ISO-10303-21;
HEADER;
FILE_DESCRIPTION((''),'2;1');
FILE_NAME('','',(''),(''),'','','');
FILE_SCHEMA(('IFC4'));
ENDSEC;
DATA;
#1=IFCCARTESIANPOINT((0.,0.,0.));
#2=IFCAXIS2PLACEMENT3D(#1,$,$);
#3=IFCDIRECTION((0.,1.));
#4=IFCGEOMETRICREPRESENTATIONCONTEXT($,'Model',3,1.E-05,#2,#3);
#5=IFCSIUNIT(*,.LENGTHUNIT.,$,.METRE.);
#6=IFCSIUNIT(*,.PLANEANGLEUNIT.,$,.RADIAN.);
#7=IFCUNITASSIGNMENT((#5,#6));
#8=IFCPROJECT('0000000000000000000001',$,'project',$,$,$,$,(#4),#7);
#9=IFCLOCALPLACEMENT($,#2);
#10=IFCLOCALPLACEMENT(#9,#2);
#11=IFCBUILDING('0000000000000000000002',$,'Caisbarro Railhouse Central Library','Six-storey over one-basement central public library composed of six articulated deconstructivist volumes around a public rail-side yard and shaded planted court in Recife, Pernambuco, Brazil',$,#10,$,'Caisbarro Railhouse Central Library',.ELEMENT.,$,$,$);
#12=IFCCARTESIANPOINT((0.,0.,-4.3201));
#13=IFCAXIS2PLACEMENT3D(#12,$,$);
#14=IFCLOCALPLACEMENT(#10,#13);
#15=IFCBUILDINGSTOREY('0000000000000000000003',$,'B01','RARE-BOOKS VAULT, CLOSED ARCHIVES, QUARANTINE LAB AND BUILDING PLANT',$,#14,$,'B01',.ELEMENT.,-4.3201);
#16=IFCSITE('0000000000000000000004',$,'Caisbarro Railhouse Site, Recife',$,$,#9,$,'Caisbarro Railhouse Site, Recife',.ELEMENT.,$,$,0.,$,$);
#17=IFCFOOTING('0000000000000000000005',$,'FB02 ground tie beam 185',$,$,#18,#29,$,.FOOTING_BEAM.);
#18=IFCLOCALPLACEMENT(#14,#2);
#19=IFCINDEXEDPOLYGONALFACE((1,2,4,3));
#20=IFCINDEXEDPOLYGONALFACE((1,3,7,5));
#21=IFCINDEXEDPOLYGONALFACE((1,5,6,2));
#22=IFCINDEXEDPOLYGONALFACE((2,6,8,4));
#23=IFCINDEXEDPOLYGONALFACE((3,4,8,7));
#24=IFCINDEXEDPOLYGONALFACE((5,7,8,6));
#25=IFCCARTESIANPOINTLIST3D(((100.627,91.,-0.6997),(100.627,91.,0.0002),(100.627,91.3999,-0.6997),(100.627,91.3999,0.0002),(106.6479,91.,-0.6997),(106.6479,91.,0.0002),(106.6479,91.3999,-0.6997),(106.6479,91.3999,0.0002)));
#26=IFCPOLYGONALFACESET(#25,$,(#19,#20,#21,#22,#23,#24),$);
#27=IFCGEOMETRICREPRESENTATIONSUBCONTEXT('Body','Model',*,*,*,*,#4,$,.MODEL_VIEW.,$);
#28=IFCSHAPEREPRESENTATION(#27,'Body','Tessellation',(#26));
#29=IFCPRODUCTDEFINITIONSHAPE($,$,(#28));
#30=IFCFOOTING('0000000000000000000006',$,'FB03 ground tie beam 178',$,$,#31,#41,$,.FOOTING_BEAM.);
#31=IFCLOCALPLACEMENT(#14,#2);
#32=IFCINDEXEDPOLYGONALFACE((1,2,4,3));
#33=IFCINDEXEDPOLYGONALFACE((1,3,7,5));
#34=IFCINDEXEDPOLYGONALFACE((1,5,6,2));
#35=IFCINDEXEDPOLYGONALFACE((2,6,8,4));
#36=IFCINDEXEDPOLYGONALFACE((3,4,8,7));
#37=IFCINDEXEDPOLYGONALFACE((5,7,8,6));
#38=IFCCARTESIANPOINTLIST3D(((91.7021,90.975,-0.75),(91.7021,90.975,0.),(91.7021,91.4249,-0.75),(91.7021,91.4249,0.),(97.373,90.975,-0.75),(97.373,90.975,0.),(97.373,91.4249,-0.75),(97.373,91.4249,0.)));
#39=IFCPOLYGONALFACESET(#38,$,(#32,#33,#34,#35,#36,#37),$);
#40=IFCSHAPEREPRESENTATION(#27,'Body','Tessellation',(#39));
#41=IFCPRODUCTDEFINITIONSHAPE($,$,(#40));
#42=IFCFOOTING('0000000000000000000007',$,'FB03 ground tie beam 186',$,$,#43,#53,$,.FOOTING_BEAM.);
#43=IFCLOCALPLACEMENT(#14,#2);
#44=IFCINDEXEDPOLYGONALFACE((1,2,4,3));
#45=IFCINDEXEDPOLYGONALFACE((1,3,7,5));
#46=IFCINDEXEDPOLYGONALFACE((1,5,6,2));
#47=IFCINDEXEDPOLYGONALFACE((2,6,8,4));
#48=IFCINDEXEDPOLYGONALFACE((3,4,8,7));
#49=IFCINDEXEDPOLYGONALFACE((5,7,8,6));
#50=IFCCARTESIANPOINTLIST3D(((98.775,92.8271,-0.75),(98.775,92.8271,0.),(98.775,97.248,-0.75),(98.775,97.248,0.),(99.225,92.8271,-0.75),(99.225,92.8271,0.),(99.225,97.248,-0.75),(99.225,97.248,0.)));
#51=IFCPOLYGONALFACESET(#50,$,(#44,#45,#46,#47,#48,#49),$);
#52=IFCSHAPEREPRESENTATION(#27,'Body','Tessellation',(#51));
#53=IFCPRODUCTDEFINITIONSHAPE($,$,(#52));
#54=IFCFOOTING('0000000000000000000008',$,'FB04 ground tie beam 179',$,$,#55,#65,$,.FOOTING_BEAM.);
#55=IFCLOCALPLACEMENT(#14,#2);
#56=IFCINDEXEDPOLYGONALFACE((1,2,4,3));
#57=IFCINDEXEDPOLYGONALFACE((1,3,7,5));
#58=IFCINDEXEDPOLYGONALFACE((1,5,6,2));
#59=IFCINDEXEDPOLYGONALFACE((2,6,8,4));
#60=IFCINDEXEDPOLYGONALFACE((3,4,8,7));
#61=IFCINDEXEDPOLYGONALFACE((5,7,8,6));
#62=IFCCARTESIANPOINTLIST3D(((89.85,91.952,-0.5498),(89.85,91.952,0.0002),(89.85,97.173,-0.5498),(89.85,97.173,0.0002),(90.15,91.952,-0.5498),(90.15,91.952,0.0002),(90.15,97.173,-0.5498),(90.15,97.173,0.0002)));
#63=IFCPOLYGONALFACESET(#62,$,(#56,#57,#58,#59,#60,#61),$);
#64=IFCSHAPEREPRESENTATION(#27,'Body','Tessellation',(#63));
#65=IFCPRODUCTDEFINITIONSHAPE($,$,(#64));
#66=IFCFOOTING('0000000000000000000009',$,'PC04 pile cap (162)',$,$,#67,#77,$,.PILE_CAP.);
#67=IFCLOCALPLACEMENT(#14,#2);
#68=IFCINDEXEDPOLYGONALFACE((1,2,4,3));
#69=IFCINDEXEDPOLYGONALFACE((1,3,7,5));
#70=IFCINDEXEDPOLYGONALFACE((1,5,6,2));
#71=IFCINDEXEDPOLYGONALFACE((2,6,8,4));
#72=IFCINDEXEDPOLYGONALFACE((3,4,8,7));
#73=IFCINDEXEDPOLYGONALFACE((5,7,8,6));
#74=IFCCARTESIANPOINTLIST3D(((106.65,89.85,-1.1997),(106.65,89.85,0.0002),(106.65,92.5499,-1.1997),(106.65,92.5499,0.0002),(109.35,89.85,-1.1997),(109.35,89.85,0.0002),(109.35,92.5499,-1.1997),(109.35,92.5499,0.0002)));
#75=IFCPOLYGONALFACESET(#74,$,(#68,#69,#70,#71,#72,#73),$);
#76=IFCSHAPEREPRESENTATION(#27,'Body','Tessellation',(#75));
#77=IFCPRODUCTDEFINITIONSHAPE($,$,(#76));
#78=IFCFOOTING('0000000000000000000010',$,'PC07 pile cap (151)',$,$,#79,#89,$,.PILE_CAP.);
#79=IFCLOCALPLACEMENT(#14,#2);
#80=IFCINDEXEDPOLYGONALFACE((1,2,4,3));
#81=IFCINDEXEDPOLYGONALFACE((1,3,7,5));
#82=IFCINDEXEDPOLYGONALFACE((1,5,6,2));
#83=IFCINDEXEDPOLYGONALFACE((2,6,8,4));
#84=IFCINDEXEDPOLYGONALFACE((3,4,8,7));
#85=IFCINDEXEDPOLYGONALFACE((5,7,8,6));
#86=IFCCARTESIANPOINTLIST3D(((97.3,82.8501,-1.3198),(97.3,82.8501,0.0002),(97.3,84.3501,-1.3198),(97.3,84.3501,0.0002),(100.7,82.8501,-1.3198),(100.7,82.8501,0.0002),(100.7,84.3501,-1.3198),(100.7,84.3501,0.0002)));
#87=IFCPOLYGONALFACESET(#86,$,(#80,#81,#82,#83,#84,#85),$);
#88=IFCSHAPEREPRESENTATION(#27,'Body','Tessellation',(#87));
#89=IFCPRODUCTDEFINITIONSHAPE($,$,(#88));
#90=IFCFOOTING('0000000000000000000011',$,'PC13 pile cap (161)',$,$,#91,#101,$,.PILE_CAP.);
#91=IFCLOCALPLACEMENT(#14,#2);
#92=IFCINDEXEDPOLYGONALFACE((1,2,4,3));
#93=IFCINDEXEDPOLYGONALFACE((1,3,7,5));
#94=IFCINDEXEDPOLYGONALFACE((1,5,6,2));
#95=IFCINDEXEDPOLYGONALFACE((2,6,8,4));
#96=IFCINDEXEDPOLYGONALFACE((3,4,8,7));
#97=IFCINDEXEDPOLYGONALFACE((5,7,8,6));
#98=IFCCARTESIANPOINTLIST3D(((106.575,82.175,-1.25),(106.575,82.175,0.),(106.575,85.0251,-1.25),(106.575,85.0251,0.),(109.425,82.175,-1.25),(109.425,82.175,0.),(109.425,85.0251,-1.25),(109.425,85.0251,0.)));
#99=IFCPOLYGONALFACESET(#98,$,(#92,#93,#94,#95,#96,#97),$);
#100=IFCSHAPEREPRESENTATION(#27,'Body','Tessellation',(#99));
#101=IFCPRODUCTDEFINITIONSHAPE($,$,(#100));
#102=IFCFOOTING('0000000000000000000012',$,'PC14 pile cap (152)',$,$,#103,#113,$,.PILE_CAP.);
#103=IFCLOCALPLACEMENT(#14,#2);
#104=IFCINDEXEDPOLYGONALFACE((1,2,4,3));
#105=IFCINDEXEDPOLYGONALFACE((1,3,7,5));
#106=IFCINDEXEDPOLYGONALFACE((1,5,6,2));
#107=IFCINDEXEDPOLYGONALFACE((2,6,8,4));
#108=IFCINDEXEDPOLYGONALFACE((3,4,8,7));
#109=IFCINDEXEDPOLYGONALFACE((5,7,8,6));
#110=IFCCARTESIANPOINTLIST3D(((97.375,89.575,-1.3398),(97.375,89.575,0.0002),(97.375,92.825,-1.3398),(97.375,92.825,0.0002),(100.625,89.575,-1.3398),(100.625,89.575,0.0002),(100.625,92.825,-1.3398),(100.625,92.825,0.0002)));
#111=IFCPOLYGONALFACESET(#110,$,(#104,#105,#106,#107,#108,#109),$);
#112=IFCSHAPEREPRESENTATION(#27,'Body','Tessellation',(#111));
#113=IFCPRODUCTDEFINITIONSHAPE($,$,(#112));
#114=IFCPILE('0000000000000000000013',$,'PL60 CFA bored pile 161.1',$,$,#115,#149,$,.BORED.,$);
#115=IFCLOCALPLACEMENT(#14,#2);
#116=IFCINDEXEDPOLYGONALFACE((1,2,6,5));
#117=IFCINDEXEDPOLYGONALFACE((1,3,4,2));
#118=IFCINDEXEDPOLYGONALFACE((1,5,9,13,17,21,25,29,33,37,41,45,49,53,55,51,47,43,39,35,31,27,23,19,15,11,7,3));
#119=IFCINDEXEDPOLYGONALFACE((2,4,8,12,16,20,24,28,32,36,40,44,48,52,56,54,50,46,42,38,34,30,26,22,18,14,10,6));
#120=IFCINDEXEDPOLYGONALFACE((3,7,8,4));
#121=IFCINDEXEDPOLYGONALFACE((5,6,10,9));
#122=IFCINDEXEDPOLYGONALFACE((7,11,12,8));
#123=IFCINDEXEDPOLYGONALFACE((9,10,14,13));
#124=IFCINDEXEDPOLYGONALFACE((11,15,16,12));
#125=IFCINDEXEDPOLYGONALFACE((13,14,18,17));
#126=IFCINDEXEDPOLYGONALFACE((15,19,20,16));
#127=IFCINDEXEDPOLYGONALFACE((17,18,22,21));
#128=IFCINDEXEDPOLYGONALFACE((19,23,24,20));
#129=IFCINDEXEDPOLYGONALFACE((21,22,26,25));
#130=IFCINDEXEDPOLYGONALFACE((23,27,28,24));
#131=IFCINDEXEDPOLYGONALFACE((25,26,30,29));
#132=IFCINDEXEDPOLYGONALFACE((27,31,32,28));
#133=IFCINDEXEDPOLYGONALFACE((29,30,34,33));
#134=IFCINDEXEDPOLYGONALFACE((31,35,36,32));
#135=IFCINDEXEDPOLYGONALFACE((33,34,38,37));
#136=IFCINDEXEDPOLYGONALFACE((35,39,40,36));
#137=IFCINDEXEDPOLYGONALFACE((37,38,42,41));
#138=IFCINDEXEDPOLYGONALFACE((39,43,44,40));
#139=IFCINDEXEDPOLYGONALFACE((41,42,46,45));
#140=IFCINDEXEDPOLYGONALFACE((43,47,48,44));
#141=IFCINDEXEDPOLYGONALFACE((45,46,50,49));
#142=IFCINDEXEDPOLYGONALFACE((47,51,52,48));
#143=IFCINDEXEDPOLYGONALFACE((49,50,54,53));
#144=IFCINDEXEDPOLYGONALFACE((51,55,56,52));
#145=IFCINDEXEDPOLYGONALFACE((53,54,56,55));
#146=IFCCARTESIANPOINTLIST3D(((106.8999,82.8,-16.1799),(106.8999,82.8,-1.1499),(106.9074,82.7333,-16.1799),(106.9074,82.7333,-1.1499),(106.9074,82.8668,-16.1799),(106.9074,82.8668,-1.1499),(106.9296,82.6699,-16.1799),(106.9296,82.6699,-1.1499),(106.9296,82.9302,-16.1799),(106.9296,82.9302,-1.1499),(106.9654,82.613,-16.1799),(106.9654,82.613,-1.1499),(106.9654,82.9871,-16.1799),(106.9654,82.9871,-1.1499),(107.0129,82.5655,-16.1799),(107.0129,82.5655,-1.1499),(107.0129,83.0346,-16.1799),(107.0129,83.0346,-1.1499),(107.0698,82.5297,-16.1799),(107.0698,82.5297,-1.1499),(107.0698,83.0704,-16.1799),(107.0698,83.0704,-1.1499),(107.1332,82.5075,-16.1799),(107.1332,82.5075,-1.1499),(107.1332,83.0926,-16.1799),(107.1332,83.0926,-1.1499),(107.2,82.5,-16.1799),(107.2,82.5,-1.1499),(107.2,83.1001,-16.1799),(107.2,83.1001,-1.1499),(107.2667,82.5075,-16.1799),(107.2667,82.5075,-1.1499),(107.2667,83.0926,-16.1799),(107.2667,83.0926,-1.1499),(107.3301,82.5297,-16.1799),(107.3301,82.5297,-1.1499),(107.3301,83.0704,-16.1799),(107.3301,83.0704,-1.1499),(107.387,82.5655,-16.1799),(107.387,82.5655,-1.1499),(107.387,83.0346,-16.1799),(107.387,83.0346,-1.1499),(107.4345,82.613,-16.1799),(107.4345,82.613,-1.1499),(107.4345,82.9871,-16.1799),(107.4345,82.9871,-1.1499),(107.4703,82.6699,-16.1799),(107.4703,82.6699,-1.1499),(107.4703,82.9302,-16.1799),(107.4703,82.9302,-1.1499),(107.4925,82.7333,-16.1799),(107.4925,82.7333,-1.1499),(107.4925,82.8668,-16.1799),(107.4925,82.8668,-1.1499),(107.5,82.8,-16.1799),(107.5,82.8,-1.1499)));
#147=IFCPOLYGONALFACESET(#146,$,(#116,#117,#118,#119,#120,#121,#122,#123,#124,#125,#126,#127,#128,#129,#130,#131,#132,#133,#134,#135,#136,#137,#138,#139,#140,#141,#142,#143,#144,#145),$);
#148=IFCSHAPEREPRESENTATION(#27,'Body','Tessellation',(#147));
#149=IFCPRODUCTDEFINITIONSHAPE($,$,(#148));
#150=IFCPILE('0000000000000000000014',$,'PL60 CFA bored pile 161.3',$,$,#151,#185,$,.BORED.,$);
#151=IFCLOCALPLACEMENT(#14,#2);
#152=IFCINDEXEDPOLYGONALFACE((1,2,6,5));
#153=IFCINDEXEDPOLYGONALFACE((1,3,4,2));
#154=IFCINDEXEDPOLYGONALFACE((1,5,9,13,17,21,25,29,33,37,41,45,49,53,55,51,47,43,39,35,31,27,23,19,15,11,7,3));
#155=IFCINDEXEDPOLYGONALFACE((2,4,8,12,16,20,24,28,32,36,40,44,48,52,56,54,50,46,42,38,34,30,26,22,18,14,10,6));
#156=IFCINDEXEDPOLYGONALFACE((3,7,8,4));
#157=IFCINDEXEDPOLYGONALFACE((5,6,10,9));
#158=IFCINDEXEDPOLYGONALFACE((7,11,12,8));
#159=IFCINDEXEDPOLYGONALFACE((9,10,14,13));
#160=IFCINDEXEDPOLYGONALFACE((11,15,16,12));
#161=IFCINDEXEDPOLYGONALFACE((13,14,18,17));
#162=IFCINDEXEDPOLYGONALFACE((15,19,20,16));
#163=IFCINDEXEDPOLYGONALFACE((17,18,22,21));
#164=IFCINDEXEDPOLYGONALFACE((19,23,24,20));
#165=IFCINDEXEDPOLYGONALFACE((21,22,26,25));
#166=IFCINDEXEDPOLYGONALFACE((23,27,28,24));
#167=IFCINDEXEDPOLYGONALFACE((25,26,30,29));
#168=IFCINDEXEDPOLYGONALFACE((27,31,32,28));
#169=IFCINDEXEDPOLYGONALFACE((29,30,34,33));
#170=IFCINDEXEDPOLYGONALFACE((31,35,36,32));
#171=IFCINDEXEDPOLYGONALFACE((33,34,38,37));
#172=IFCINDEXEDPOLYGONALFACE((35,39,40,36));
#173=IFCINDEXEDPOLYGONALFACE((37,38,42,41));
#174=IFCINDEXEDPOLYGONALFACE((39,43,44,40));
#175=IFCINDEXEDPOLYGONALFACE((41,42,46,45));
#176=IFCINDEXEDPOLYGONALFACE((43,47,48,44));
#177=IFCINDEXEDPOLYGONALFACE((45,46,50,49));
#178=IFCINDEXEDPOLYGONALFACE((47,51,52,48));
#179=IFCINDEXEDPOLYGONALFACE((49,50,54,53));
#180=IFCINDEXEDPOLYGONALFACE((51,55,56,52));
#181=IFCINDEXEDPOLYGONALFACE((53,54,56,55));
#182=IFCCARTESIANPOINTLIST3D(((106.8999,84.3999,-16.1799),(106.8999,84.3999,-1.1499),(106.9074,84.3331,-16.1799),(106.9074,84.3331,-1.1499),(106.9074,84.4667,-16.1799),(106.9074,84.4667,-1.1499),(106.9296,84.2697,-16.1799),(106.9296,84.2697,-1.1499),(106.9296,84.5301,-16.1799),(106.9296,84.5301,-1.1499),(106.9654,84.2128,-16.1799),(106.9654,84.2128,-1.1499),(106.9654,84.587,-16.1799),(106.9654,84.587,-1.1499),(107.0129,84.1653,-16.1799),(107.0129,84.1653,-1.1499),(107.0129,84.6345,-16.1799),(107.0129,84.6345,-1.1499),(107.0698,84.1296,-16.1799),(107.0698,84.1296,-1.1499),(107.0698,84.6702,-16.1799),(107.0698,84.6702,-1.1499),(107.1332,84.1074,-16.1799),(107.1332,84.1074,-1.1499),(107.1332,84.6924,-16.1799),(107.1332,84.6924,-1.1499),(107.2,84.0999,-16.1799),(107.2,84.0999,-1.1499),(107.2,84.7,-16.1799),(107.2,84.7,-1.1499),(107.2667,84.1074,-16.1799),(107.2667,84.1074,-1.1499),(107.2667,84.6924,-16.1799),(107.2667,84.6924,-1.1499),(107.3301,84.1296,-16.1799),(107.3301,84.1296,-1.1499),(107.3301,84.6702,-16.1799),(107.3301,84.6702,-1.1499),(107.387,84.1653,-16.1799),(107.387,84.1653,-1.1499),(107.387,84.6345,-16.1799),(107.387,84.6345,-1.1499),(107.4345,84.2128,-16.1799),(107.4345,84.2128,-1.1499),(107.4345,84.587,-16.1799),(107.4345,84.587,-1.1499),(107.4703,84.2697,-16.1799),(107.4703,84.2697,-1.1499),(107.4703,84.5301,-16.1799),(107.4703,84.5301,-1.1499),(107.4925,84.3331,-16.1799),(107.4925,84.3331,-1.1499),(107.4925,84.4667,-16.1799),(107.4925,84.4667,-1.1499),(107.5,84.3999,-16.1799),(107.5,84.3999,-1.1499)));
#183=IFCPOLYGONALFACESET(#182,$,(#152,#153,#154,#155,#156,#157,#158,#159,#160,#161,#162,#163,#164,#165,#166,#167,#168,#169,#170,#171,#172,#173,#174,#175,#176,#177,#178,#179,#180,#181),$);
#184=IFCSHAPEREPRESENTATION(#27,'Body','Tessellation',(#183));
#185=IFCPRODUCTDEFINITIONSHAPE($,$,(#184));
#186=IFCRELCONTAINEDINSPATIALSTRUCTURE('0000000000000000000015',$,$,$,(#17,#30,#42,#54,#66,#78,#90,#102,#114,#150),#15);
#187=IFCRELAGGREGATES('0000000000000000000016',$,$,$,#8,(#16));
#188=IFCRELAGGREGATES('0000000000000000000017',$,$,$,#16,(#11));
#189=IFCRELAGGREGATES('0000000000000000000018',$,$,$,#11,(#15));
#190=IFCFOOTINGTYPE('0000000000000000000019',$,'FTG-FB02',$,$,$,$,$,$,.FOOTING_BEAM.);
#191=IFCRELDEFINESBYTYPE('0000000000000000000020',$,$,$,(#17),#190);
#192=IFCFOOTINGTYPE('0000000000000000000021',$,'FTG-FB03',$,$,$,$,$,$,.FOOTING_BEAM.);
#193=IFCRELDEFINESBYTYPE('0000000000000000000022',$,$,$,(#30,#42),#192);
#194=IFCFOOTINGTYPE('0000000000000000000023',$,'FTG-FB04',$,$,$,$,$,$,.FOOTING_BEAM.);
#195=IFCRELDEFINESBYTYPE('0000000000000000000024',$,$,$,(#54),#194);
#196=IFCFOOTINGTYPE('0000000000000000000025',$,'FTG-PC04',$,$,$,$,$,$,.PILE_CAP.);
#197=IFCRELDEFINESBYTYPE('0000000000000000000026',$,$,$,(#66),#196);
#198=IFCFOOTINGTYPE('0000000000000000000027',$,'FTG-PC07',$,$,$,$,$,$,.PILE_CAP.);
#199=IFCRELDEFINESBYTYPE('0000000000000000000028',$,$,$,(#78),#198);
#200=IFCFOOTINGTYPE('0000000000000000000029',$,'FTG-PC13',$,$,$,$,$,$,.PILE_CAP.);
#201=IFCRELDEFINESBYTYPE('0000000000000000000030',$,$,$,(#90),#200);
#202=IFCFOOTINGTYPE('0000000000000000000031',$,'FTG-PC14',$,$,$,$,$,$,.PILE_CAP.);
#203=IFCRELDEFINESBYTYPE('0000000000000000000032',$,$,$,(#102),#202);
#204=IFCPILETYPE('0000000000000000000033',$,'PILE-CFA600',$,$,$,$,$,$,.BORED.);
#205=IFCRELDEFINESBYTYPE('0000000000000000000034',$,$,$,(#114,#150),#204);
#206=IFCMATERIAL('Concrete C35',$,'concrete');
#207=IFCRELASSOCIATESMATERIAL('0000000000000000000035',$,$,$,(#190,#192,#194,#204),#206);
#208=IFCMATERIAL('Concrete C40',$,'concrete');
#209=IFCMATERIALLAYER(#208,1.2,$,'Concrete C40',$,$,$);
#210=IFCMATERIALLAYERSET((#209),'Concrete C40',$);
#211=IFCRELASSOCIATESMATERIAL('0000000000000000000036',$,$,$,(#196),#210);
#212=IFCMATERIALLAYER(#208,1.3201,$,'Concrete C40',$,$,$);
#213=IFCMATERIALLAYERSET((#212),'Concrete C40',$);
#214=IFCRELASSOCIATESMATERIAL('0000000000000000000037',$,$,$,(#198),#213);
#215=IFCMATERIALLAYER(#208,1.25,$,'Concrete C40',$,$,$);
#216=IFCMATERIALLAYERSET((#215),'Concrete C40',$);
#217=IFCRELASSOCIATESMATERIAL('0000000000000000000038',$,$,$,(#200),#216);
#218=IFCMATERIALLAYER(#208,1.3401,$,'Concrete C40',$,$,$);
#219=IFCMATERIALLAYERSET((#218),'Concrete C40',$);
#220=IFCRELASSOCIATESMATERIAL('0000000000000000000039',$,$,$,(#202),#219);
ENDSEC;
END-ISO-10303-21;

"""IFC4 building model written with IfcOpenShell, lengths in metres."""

from ifc_helpers import new_model, si_unit, direction, frame, origin, origin_2d, place, context, subcontext, project, spatial, rectangle, circle, extrude, material, layer, layer_set, material_profile, profile_set, type_object, element, save


model = new_model("IFC4")

# Units and contexts
model_context = context("Model", 3, precision=1e-05, world=origin(), true_north=direction((0.0, 1.0)))
body_context = subcontext(model_context, "Body", "Model", "MODEL_VIEW")
ifc_project = project(units=[si_unit("LENGTHUNIT", "METRE"), si_unit("PLANEANGLEUNIT", "RADIAN")], contexts=[model_context])

# Site, building, storey
site_placement = place(None, origin())
site = spatial("IfcSite", under=ifc_project, at=site_placement, Name="Caisbarro Railhouse Site, Recife", LongName="Caisbarro Railhouse Site, Recife", CompositionType="ELEMENT", RefElevation=0.0)
building_placement = place(site_placement, origin())
building = spatial("IfcBuilding", under=site, at=building_placement, Name="Caisbarro Railhouse Central Library", Description="Six-storey over one-basement central public library composed of six articulated deconstructivist volumes around a public rail-side yard and shaded planted court in Recife, Pernambuco, Brazil", LongName="Caisbarro Railhouse Central Library", CompositionType="ELEMENT")
storey_placement = place(building_placement, frame((0.0, 0.0, -4.3201)))
storey = spatial("IfcBuildingStorey", under=building, at=storey_placement, Name="B01", Description="RARE-BOOKS VAULT, CLOSED ARCHIVES, QUARANTINE LAB AND BUILDING PLANT", LongName="B01", CompositionType="ELEMENT", Elevation=-4.3201)

# Footings
ifc_material_1 = material(Name="Concrete C35", Category="concrete")
footing_type_1 = type_object("IfcFootingType", Name="FTG-FB02", PredefinedType="FOOTING_BEAM", material=ifc_material_1)
footing_1_placement = place(storey_placement, frame((103.6375, 91.2, -0.6997), z_axis=(0.0, 0.0, 1.0), x_axis=(1.0, 0.0, 0.0)))
element("IfcFooting", 1, at=footing_1_placement, inside=storey, type_object=footing_type_1, Name="FB02 ground tie beam 185", PredefinedType="FOOTING_BEAM", context=body_context, shape_type="SweptSolid", body=[
    extrude(rectangle(XDim=6.021, YDim=0.3999, at=origin_2d()), origin(), (0.0, 0.0, 1.0), 0.7),
])
footing_type_2 = type_object("IfcFootingType", Name="FTG-FB03", PredefinedType="FOOTING_BEAM", material=ifc_material_1)
footing_2_placement = place(storey_placement, frame((94.5376, 91.2, -0.75), z_axis=(0.0, 0.0, 1.0), x_axis=(1.0, 0.0, 0.0)))
element("IfcFooting", 2, at=footing_2_placement, inside=storey, type_object=footing_type_2, Name="FB03 ground tie beam 178", PredefinedType="FOOTING_BEAM", context=body_context, shape_type="SweptSolid", body=[
    extrude(rectangle(XDim=5.6709, YDim=0.45, at=origin_2d()), origin(), (0.0, 0.0, 1.0), 0.75),
])
footing_3_placement = place(storey_placement, frame((99.0, 95.0376, -0.75), z_axis=(0.0, 0.0, 1.0), x_axis=(0.0, 1.0, 0.0)))
element("IfcFooting", 3, at=footing_3_placement, inside=storey, type_object=footing_type_2, Name="FB03 ground tie beam 186", PredefinedType="FOOTING_BEAM", context=body_context, shape_type="SweptSolid", body=[
    extrude(rectangle(XDim=4.4209, YDim=0.45, at=origin_2d()), origin(), (0.0, 0.0, 1.0), 0.75),
])
footing_type_3 = type_object("IfcFootingType", Name="FTG-FB04", PredefinedType="FOOTING_BEAM", material=ifc_material_1)
footing_4_placement = place(storey_placement, frame((90.0, 94.5625, -0.5498), z_axis=(0.0, 0.0, 1.0), x_axis=(0.0, 1.0, 0.0)))
element("IfcFooting", 4, at=footing_4_placement, inside=storey, type_object=footing_type_3, Name="FB04 ground tie beam 179", PredefinedType="FOOTING_BEAM", context=body_context, shape_type="SweptSolid", body=[
    extrude(rectangle(XDim=5.2209, YDim=0.3, at=origin_2d()), origin(), (0.0, 0.0, 1.0), 0.55),
])
ifc_material_2 = material(Name="Concrete C40", Category="concrete")
ifc_layer_1 = layer(ifc_material_2, 1.2, Name="Concrete C40")
ifc_layer_set_1 = layer_set([ifc_layer_1], Name="Concrete C40")
footing_type_4 = type_object("IfcFootingType", Name="FTG-PC04", PredefinedType="PILE_CAP", material=ifc_layer_set_1)
footing_5_placement = place(storey_placement, frame((108.0, 91.2, -1.1997), z_axis=(0.0, 0.0, 1.0), x_axis=(1.0, 0.0, 0.0)))
element("IfcFooting", 5, at=footing_5_placement, inside=storey, type_object=footing_type_4, Name="PC04 pile cap (162)", PredefinedType="PILE_CAP", context=body_context, shape_type="SweptSolid", body=[
    extrude(rectangle(XDim=2.7, YDim=2.7, at=origin_2d()), origin(), (0.0, 0.0, 1.0), 1.2),
])
ifc_layer_2 = layer(ifc_material_2, 1.3201, Name="Concrete C40")
ifc_layer_set_2 = layer_set([ifc_layer_2], Name="Concrete C40")
footing_type_5 = type_object("IfcFootingType", Name="FTG-PC07", PredefinedType="PILE_CAP", material=ifc_layer_set_2)
footing_6_placement = place(storey_placement, frame((99.0, 83.6001, -1.3198), z_axis=(0.0, 0.0, 1.0), x_axis=(1.0, 0.0, 0.0)))
element("IfcFooting", 6, at=footing_6_placement, inside=storey, type_object=footing_type_5, Name="PC07 pile cap (151)", PredefinedType="PILE_CAP", context=body_context, shape_type="SweptSolid", body=[
    extrude(rectangle(XDim=3.3999, YDim=1.5, at=origin_2d()), origin(), (0.0, 0.0, 1.0), 1.3201),
])
ifc_layer_3 = layer(ifc_material_2, 1.25, Name="Concrete C40")
ifc_layer_set_3 = layer_set([ifc_layer_3], Name="Concrete C40")
footing_type_6 = type_object("IfcFootingType", Name="FTG-PC13", PredefinedType="PILE_CAP", material=ifc_layer_set_3)
footing_7_placement = place(storey_placement, frame((108.0, 83.6001, -1.25), z_axis=(0.0, 0.0, 1.0), x_axis=(1.0, 0.0, 0.0)))
element("IfcFooting", 7, at=footing_7_placement, inside=storey, type_object=footing_type_6, Name="PC13 pile cap (161)", PredefinedType="PILE_CAP", context=body_context, shape_type="SweptSolid", body=[
    extrude(rectangle(XDim=2.8501, YDim=2.8501, at=origin_2d()), origin(), (0.0, 0.0, 1.0), 1.25),
])
ifc_layer_4 = layer(ifc_material_2, 1.3401, Name="Concrete C40")
ifc_layer_set_4 = layer_set([ifc_layer_4], Name="Concrete C40")
footing_type_7 = type_object("IfcFootingType", Name="FTG-PC14", PredefinedType="PILE_CAP", material=ifc_layer_set_4)
footing_8_placement = place(storey_placement, frame((99.0, 91.2, -1.3398), z_axis=(0.0, 0.0, 1.0), x_axis=(1.0, 0.0, 0.0)))
element("IfcFooting", 8, at=footing_8_placement, inside=storey, type_object=footing_type_7, Name="PC14 pile cap (152)", PredefinedType="PILE_CAP", context=body_context, shape_type="SweptSolid", body=[
    extrude(rectangle(XDim=3.25, YDim=3.25, at=origin_2d()), origin(), (0.0, 0.0, 1.0), 1.3401),
])

# Piles
ifc_material_profile_1 = material_profile(ifc_material_1, circle(Radius=0.3, at=origin_2d()), Name="PILE-CFA-600")
ifc_profile_set_1 = profile_set([ifc_material_profile_1], Name="Concrete C35")
pile_type_1 = type_object("IfcPileType", Name="PILE-CFA600", PredefinedType="BORED", material=ifc_profile_set_1)
for number, where, z_axis, x_axis, name in (
    (9, (107.2, 82.8, -1.1499), (0.0, 0.0, -1.0), (1.0, 0.0, 0.0), "PL60 CFA bored pile 161.1"),
    (10, (107.2, 84.3999, -1.1499), (0.0, 0.0, -1.0), (1.0, 0.0, 0.0), "PL60 CFA bored pile 161.3"),
):
    element("IfcPile", number, at=place(storey_placement, frame(where, z_axis=z_axis, x_axis=x_axis)), inside=storey, type_object=pile_type_1, Name=name, PredefinedType="BORED", context=body_context, shape_type="SweptSolid", body=[
        extrude(circle(Radius=0.3, at=origin_2d()), origin(), (0.0, 0.0, 1.0), 15.03),
    ])

save(model, "model.ifc")
